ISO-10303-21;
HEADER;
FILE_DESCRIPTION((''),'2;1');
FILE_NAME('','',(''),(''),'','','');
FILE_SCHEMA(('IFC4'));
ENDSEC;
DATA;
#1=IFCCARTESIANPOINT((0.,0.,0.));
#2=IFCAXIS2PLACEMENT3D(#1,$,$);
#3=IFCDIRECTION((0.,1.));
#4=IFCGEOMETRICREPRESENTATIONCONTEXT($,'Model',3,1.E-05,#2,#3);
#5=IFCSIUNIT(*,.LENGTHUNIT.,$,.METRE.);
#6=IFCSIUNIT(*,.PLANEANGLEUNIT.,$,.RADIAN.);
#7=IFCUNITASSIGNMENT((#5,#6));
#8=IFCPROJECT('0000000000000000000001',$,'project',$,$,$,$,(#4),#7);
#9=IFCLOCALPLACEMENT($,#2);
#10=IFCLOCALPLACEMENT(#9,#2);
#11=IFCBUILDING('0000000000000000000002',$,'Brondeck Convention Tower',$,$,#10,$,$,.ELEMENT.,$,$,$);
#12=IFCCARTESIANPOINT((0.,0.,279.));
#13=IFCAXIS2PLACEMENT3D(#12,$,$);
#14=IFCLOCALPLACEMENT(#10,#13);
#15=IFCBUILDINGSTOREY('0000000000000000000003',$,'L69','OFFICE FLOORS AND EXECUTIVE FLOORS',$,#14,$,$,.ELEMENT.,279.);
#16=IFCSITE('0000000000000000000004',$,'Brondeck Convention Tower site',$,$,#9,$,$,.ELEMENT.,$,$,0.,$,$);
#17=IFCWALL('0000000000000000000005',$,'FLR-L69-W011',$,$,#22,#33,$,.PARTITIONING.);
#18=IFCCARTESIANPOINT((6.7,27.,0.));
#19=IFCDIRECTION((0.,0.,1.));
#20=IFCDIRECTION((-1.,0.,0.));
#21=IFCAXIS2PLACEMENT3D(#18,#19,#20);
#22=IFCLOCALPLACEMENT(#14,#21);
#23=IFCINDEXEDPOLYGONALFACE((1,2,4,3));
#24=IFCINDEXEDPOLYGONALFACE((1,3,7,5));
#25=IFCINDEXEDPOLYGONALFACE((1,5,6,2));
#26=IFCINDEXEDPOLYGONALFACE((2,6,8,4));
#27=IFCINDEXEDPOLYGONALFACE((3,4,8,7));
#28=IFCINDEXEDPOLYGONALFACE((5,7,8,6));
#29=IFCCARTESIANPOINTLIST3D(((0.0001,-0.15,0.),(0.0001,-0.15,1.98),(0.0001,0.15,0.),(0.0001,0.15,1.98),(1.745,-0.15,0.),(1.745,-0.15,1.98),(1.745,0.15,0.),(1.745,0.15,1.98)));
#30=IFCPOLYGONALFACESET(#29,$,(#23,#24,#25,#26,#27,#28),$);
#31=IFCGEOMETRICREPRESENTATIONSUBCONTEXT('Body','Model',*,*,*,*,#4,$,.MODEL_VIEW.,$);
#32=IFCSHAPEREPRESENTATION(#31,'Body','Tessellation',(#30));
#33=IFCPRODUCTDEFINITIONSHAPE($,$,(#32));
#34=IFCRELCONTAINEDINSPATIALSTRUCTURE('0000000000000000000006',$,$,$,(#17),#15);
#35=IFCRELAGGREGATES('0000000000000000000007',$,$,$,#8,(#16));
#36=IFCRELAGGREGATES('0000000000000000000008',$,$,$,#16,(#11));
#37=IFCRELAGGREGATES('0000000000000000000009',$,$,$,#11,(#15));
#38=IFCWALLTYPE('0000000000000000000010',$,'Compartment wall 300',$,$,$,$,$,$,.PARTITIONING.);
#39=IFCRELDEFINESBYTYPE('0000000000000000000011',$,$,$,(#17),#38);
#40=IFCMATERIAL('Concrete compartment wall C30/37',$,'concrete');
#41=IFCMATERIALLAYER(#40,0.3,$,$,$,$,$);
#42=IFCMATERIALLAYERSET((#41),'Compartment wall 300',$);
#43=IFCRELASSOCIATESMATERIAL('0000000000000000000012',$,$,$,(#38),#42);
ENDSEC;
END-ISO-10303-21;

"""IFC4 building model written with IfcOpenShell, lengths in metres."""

from ifc_helpers import new_model, si_unit, direction, frame, frame_2d, origin, place, context, subcontext, project, spatial, rectangle, extrude, material, layer, layer_set, type_object, element, save


model = new_model("IFC4")

# Units and contexts
model_context = context("Model", 3, precision=1e-05, world=origin(), true_north=direction((0.0, 1.0)))
body_context = subcontext(model_context, "Body", "Model", "MODEL_VIEW")
ifc_project = project(units=[si_unit("LENGTHUNIT", "METRE"), si_unit("PLANEANGLEUNIT", "RADIAN")], contexts=[model_context])

# Site, building, storey
site_placement = place(None, origin())
site = spatial("IfcSite", under=ifc_project, at=site_placement, Name="Brondeck Convention Tower site", CompositionType="ELEMENT", RefElevation=0.0)
building_placement = place(site_placement, origin())
building = spatial("IfcBuilding", under=site, at=building_placement, Name="Brondeck Convention Tower", CompositionType="ELEMENT")
storey_placement = place(building_placement, frame((0.0, 0.0, 279.0)))
storey = spatial("IfcBuildingStorey", under=building, at=storey_placement, Name="L69", Description="OFFICE FLOORS AND EXECUTIVE FLOORS", CompositionType="ELEMENT", Elevation=279.0)

# Wall
ifc_material_1 = material(Name="Concrete compartment wall C30/37", Category="concrete")
ifc_layer_1 = layer(ifc_material_1, 0.3)
ifc_layer_set_1 = layer_set([ifc_layer_1], Name="Compartment wall 300")
wall_type_1 = type_object("IfcWallType", Name="Compartment wall 300", PredefinedType="PARTITIONING", material=ifc_layer_set_1)
wall_1_placement = place(storey_placement, frame((6.7, 27.0, 0.0), z_axis=(0.0, 0.0, 1.0), x_axis=(-1.0, 0.0, 0.0)))
element("IfcWall", 1, at=wall_1_placement, inside=storey, type_object=wall_type_1, Name="FLR-L69-W011", PredefinedType="PARTITIONING", context=body_context, shape_type="SweptSolid", body=[
    extrude(rectangle(XDim=1.7449, YDim=0.3, at=frame_2d((0.8726, 0.0))), origin(), (0.0, 0.0, 1.0), 1.98),
])

save(model, "model.ifc")
